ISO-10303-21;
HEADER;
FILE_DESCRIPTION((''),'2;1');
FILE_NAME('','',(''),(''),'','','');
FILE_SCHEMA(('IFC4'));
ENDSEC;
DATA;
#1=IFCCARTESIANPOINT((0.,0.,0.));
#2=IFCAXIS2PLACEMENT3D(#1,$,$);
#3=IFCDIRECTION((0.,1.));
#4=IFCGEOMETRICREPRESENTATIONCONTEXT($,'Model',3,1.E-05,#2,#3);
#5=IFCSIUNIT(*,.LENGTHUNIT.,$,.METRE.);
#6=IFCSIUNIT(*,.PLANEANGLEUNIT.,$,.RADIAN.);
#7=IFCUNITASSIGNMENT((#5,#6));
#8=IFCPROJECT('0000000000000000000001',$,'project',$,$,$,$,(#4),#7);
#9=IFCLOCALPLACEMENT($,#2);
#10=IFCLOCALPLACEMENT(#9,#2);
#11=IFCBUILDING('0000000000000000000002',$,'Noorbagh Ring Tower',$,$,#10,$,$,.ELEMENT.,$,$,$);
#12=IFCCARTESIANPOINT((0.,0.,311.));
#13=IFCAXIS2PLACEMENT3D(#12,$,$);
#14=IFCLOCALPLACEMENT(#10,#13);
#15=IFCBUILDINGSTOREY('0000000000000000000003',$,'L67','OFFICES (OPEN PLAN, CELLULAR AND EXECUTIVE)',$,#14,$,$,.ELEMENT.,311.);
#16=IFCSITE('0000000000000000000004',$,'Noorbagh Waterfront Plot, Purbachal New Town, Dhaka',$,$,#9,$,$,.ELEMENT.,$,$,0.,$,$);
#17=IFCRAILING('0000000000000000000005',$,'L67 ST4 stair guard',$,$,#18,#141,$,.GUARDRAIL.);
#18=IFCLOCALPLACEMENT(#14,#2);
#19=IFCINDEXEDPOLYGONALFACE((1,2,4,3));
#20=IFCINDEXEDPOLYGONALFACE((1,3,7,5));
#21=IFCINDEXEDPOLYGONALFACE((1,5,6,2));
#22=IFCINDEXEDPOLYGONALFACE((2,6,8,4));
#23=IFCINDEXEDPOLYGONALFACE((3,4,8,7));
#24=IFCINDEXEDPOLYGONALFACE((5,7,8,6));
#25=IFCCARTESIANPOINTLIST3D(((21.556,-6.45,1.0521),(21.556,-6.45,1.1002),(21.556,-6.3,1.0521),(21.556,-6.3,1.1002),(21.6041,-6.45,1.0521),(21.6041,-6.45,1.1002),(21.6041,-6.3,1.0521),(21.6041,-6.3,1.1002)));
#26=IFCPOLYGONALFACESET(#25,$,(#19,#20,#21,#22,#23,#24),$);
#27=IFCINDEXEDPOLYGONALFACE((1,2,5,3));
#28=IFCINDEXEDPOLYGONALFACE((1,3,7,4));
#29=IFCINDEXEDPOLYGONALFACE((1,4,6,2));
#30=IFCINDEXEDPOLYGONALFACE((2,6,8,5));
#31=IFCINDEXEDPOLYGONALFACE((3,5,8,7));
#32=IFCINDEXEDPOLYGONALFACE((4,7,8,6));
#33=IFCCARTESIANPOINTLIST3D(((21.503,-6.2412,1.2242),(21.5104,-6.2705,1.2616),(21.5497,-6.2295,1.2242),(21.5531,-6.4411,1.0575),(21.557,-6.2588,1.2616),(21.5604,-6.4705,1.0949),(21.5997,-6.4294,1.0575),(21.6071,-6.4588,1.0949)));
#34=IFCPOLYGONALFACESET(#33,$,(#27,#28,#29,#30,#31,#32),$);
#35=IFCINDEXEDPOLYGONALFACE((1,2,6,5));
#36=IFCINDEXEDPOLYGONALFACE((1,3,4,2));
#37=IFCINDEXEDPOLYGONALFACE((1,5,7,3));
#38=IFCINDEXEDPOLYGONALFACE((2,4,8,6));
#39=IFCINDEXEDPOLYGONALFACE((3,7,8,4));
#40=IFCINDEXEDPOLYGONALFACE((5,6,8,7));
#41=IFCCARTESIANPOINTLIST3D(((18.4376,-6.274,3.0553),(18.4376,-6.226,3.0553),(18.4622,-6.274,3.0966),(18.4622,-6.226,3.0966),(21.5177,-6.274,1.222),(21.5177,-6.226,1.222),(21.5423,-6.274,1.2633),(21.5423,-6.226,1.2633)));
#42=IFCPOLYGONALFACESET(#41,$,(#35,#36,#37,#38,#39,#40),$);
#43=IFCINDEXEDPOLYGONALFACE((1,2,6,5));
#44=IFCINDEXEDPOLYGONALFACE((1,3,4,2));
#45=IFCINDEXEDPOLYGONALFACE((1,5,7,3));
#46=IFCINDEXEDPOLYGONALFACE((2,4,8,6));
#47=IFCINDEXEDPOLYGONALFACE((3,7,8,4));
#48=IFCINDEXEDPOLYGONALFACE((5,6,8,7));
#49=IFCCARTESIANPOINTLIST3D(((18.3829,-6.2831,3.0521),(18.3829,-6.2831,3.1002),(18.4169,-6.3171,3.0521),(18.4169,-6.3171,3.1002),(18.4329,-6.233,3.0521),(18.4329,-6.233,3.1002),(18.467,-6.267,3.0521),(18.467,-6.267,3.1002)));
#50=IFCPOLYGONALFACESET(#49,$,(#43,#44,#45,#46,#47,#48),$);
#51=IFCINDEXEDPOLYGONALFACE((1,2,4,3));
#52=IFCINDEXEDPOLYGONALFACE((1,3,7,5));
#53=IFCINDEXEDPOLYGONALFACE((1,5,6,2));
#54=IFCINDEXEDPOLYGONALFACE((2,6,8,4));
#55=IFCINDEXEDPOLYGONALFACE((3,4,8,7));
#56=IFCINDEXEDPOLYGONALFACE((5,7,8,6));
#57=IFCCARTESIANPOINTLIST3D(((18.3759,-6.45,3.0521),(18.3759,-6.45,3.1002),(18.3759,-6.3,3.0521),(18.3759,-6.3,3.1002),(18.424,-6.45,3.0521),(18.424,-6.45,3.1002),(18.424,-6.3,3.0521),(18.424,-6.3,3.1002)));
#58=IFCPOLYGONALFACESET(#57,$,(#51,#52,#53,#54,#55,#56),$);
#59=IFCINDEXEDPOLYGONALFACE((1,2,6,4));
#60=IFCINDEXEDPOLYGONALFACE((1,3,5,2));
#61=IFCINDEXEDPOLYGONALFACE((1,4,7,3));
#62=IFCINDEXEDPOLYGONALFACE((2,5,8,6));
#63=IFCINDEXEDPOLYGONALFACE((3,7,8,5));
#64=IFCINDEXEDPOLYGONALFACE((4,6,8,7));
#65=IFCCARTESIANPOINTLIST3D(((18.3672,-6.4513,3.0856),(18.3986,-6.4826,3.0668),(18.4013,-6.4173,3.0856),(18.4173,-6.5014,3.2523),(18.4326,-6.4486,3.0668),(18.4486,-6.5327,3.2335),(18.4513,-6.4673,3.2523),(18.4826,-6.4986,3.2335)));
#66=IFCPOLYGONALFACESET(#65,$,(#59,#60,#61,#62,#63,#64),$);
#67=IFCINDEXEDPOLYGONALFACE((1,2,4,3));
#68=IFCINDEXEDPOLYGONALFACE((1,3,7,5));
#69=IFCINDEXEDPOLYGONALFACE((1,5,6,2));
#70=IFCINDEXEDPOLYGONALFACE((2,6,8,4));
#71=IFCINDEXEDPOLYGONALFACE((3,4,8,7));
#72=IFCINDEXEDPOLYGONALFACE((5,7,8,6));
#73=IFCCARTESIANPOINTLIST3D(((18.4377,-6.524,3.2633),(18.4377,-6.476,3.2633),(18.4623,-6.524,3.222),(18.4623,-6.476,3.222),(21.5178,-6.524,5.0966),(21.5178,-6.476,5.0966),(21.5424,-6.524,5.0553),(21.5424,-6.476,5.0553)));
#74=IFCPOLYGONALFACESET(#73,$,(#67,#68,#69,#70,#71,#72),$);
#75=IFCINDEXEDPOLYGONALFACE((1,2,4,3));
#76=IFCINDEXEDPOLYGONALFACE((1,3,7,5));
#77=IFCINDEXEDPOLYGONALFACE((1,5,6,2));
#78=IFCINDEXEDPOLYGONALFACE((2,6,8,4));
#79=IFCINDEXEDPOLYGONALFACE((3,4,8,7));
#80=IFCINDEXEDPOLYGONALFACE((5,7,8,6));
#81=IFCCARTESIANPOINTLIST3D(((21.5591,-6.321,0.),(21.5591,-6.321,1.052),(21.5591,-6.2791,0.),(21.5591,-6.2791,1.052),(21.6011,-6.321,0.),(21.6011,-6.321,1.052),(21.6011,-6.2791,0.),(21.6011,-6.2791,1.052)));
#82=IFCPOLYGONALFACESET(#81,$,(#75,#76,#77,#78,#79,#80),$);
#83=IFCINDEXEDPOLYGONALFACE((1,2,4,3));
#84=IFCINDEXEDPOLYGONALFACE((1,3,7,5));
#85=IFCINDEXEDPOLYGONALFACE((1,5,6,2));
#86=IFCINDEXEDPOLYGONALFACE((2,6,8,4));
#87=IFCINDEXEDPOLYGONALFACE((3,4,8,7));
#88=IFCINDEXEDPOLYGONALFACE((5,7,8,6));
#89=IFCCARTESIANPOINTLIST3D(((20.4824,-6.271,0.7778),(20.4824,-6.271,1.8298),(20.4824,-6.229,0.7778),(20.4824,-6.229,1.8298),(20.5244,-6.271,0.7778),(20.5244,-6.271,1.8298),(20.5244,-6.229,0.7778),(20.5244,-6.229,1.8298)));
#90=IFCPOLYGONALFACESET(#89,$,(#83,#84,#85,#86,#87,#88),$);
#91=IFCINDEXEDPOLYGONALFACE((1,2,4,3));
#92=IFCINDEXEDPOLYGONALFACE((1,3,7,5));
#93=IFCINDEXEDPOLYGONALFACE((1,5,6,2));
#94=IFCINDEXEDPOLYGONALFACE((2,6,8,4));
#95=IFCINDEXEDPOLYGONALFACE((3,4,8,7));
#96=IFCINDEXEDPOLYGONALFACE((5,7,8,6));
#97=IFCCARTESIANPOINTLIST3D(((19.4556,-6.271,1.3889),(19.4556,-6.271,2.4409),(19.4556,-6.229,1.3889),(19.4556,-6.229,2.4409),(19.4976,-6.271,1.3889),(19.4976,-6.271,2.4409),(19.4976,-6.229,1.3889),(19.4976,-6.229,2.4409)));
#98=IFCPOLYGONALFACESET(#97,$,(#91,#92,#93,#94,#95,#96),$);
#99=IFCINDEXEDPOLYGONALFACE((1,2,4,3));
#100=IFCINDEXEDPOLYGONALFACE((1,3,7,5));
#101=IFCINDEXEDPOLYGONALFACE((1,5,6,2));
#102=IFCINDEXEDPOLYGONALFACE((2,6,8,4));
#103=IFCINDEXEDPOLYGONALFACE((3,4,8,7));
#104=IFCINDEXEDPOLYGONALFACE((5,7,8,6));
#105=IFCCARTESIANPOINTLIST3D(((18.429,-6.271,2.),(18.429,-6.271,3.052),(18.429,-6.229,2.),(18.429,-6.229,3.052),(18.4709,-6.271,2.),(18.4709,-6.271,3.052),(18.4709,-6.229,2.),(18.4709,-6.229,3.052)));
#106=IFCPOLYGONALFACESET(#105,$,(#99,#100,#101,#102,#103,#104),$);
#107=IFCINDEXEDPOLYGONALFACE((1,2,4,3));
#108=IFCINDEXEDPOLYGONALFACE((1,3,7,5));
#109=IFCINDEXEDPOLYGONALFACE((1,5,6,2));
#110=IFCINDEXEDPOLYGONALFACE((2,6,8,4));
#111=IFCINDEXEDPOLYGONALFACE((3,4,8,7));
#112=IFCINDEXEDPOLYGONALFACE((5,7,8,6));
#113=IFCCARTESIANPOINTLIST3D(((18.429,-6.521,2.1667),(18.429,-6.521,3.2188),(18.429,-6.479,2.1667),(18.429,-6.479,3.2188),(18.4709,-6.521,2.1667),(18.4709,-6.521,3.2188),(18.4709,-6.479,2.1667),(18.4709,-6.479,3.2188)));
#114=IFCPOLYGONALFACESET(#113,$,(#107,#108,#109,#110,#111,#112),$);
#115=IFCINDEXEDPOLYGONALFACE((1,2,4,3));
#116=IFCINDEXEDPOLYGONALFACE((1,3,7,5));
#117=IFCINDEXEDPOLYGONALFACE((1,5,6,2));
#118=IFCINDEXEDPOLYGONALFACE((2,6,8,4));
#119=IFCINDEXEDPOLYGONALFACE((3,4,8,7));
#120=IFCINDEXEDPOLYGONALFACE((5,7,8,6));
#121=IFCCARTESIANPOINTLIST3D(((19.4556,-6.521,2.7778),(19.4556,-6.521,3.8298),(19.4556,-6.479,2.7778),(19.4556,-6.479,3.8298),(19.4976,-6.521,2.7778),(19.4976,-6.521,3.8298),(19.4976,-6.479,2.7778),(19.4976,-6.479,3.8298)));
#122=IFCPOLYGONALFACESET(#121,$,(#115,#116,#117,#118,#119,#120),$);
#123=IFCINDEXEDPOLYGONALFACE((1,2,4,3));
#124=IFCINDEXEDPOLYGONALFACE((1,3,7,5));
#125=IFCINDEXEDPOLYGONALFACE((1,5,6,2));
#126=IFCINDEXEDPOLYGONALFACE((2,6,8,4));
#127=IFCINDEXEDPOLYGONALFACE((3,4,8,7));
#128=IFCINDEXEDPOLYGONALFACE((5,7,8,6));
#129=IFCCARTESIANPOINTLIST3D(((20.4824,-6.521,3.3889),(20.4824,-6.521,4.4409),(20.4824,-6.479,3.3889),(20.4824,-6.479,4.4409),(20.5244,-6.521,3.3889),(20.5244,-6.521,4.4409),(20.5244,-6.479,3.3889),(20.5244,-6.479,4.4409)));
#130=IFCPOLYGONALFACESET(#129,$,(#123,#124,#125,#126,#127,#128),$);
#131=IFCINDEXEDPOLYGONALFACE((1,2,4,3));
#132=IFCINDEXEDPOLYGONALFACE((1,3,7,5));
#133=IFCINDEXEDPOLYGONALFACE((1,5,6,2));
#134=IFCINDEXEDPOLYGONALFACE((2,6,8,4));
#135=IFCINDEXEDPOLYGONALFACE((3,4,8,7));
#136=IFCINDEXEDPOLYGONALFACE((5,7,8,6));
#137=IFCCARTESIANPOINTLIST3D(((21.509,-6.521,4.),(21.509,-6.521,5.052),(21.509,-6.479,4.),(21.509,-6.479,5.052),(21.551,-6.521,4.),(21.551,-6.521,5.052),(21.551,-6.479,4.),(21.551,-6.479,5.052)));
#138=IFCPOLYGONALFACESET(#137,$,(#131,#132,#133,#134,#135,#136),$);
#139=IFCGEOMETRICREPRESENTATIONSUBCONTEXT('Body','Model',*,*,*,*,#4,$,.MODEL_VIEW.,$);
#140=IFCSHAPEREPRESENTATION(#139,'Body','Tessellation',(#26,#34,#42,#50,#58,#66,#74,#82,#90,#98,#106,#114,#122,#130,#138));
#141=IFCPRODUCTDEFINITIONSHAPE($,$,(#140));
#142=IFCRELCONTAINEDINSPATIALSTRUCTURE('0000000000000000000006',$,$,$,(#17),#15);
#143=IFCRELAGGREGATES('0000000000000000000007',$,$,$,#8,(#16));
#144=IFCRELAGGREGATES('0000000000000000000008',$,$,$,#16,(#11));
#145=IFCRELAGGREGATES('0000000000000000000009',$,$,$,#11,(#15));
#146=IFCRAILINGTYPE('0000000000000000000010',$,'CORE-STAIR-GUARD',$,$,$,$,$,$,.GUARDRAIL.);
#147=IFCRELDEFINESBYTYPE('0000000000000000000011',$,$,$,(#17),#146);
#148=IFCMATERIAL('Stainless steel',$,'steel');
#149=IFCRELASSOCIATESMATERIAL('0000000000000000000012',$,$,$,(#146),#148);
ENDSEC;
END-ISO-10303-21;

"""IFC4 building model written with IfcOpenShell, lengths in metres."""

from ifc_helpers import new_model, si_unit, direction, frame, origin, origin_2d, place, context, subcontext, project, spatial, rectangle, extrude, material, type_object, element, save


model = new_model("IFC4")

# Units and contexts
model_context = context("Model", 3, precision=1e-05, world=origin(), true_north=direction((0.0, 1.0)))
body_context = subcontext(model_context, "Body", "Model", "MODEL_VIEW")
ifc_project = project(units=[si_unit("LENGTHUNIT", "METRE"), si_unit("PLANEANGLEUNIT", "RADIAN")], contexts=[model_context])

# Site, building, storey
site_placement = place(None, origin())
site = spatial("IfcSite", under=ifc_project, at=site_placement, Name="Noorbagh Waterfront Plot, Purbachal New Town, Dhaka", CompositionType="ELEMENT", RefElevation=0.0)
building_placement = place(site_placement, origin())
building = spatial("IfcBuilding", under=site, at=building_placement, Name="Noorbagh Ring Tower", CompositionType="ELEMENT")
storey_placement = place(building_placement, frame((0.0, 0.0, 311.0)))
storey = spatial("IfcBuildingStorey", under=building, at=storey_placement, Name="L67", Description="OFFICES (OPEN PLAN, CELLULAR AND EXECUTIVE)", CompositionType="ELEMENT", Elevation=311.0)

# Railing
ifc_material_1 = material(Name="Stainless steel", Category="steel")
railing_type_1 = type_object("IfcRailingType", Name="CORE-STAIR-GUARD", PredefinedType="GUARDRAIL", material=ifc_material_1)
railing_1_placement = place(storey_placement, frame((21.5801, -6.3, 0.0)))
element("IfcRailing", 1, at=railing_1_placement, inside=storey, type_object=railing_type_1, Name="L67 ST4 stair guard", PredefinedType="GUARDRAIL", context=body_context, shape_type="SweptSolid", body=[
    extrude(rectangle(XDim=0.0481, YDim=0.0481, at=origin_2d()), frame((0.0, 0.0, 1.0762), z_axis=(0.0, -1.0, 0.0), x_axis=(1.0, 0.0, 0.0)), (0.0, 0.0, 1.0), 0.1499),
    extrude(rectangle(XDim=0.0481, YDim=0.0481, at=origin_2d()), frame((0.0, -0.1499, 1.0762), z_axis=(-0.188776, 0.754182, 0.628946), x_axis=(-0.970073, -0.242814, 0.0)), (0.0, 0.0, 1.0), 0.2651),
    extrude(rectangle(XDim=0.0481, YDim=0.0481, at=origin_2d()), frame((-0.05, 0.05, 1.2427), z_axis=(-0.859309, 0.0, 0.511458), x_axis=(0.0, -1.0, 0.0)), (0.0, 0.0, 1.0), 3.5845),
    extrude(rectangle(XDim=0.0481, YDim=0.0481, at=origin_2d()), frame((-3.1301, 0.05, 3.0762), z_axis=(-0.707107, -0.707107, 0.0), x_axis=(0.707107, -0.707107, 0.0)), (0.0, 0.0, 1.0), 0.0708),
    extrude(rectangle(XDim=0.0481, YDim=0.0481, at=origin_2d()), frame((-3.1802, 0.0, 3.0762), z_axis=(0.0, -1.0, 0.0), x_axis=(1.0, 0.0, 0.0)), (0.0, 0.0, 1.0), 0.1499),
    extrude(rectangle(XDim=0.0481, YDim=0.0481, at=origin_2d()), frame((-3.1802, -0.1499, 3.0762), z_axis=(0.276287, -0.276287, 0.920506), x_axis=(0.707107, 0.707107, 0.0)), (0.0, 0.0, 1.0), 0.1812),
    extrude(rectangle(XDim=0.0481, YDim=0.0481, at=origin_2d()), frame((-3.1301, -0.2, 3.2427), z_axis=(0.859309, 0.0, 0.511458), x_axis=(0.0, 1.0, 0.0)), (0.0, 0.0, 1.0), 3.5845),
    extrude(rectangle(XDim=0.042, YDim=0.042, at=origin_2d()), origin(), (0.0, 0.0, 1.0), 1.052),
    extrude(rectangle(XDim=0.042, YDim=0.042, at=origin_2d()), frame((-1.0767, 0.05, 0.7778)), (0.0, 0.0, 1.0), 1.052),
    extrude(rectangle(XDim=0.042, YDim=0.042, at=origin_2d()), frame((-2.1035, 0.05, 1.3889)), (0.0, 0.0, 1.0), 1.052),
    extrude(rectangle(XDim=0.042, YDim=0.042, at=origin_2d()), frame((-3.1301, 0.05, 2.0)), (0.0, 0.0, 1.0), 1.052),
    extrude(rectangle(XDim=0.042, YDim=0.042, at=origin_2d()), frame((-3.1301, -0.2, 2.1667)), (0.0, 0.0, 1.0), 1.052),
    extrude(rectangle(XDim=0.042, YDim=0.042, at=origin_2d()), frame((-2.1035, -0.2, 2.7778)), (0.0, 0.0, 1.0), 1.052),
    extrude(rectangle(XDim=0.042, YDim=0.042, at=origin_2d()), frame((-1.0767, -0.2, 3.3889)), (0.0, 0.0, 1.0), 1.052),
    extrude(rectangle(XDim=0.042, YDim=0.042, at=origin_2d()), frame((-0.05, -0.2, 4.0)), (0.0, 0.0, 1.0), 1.052),
])

save(model, "model.ifc")
